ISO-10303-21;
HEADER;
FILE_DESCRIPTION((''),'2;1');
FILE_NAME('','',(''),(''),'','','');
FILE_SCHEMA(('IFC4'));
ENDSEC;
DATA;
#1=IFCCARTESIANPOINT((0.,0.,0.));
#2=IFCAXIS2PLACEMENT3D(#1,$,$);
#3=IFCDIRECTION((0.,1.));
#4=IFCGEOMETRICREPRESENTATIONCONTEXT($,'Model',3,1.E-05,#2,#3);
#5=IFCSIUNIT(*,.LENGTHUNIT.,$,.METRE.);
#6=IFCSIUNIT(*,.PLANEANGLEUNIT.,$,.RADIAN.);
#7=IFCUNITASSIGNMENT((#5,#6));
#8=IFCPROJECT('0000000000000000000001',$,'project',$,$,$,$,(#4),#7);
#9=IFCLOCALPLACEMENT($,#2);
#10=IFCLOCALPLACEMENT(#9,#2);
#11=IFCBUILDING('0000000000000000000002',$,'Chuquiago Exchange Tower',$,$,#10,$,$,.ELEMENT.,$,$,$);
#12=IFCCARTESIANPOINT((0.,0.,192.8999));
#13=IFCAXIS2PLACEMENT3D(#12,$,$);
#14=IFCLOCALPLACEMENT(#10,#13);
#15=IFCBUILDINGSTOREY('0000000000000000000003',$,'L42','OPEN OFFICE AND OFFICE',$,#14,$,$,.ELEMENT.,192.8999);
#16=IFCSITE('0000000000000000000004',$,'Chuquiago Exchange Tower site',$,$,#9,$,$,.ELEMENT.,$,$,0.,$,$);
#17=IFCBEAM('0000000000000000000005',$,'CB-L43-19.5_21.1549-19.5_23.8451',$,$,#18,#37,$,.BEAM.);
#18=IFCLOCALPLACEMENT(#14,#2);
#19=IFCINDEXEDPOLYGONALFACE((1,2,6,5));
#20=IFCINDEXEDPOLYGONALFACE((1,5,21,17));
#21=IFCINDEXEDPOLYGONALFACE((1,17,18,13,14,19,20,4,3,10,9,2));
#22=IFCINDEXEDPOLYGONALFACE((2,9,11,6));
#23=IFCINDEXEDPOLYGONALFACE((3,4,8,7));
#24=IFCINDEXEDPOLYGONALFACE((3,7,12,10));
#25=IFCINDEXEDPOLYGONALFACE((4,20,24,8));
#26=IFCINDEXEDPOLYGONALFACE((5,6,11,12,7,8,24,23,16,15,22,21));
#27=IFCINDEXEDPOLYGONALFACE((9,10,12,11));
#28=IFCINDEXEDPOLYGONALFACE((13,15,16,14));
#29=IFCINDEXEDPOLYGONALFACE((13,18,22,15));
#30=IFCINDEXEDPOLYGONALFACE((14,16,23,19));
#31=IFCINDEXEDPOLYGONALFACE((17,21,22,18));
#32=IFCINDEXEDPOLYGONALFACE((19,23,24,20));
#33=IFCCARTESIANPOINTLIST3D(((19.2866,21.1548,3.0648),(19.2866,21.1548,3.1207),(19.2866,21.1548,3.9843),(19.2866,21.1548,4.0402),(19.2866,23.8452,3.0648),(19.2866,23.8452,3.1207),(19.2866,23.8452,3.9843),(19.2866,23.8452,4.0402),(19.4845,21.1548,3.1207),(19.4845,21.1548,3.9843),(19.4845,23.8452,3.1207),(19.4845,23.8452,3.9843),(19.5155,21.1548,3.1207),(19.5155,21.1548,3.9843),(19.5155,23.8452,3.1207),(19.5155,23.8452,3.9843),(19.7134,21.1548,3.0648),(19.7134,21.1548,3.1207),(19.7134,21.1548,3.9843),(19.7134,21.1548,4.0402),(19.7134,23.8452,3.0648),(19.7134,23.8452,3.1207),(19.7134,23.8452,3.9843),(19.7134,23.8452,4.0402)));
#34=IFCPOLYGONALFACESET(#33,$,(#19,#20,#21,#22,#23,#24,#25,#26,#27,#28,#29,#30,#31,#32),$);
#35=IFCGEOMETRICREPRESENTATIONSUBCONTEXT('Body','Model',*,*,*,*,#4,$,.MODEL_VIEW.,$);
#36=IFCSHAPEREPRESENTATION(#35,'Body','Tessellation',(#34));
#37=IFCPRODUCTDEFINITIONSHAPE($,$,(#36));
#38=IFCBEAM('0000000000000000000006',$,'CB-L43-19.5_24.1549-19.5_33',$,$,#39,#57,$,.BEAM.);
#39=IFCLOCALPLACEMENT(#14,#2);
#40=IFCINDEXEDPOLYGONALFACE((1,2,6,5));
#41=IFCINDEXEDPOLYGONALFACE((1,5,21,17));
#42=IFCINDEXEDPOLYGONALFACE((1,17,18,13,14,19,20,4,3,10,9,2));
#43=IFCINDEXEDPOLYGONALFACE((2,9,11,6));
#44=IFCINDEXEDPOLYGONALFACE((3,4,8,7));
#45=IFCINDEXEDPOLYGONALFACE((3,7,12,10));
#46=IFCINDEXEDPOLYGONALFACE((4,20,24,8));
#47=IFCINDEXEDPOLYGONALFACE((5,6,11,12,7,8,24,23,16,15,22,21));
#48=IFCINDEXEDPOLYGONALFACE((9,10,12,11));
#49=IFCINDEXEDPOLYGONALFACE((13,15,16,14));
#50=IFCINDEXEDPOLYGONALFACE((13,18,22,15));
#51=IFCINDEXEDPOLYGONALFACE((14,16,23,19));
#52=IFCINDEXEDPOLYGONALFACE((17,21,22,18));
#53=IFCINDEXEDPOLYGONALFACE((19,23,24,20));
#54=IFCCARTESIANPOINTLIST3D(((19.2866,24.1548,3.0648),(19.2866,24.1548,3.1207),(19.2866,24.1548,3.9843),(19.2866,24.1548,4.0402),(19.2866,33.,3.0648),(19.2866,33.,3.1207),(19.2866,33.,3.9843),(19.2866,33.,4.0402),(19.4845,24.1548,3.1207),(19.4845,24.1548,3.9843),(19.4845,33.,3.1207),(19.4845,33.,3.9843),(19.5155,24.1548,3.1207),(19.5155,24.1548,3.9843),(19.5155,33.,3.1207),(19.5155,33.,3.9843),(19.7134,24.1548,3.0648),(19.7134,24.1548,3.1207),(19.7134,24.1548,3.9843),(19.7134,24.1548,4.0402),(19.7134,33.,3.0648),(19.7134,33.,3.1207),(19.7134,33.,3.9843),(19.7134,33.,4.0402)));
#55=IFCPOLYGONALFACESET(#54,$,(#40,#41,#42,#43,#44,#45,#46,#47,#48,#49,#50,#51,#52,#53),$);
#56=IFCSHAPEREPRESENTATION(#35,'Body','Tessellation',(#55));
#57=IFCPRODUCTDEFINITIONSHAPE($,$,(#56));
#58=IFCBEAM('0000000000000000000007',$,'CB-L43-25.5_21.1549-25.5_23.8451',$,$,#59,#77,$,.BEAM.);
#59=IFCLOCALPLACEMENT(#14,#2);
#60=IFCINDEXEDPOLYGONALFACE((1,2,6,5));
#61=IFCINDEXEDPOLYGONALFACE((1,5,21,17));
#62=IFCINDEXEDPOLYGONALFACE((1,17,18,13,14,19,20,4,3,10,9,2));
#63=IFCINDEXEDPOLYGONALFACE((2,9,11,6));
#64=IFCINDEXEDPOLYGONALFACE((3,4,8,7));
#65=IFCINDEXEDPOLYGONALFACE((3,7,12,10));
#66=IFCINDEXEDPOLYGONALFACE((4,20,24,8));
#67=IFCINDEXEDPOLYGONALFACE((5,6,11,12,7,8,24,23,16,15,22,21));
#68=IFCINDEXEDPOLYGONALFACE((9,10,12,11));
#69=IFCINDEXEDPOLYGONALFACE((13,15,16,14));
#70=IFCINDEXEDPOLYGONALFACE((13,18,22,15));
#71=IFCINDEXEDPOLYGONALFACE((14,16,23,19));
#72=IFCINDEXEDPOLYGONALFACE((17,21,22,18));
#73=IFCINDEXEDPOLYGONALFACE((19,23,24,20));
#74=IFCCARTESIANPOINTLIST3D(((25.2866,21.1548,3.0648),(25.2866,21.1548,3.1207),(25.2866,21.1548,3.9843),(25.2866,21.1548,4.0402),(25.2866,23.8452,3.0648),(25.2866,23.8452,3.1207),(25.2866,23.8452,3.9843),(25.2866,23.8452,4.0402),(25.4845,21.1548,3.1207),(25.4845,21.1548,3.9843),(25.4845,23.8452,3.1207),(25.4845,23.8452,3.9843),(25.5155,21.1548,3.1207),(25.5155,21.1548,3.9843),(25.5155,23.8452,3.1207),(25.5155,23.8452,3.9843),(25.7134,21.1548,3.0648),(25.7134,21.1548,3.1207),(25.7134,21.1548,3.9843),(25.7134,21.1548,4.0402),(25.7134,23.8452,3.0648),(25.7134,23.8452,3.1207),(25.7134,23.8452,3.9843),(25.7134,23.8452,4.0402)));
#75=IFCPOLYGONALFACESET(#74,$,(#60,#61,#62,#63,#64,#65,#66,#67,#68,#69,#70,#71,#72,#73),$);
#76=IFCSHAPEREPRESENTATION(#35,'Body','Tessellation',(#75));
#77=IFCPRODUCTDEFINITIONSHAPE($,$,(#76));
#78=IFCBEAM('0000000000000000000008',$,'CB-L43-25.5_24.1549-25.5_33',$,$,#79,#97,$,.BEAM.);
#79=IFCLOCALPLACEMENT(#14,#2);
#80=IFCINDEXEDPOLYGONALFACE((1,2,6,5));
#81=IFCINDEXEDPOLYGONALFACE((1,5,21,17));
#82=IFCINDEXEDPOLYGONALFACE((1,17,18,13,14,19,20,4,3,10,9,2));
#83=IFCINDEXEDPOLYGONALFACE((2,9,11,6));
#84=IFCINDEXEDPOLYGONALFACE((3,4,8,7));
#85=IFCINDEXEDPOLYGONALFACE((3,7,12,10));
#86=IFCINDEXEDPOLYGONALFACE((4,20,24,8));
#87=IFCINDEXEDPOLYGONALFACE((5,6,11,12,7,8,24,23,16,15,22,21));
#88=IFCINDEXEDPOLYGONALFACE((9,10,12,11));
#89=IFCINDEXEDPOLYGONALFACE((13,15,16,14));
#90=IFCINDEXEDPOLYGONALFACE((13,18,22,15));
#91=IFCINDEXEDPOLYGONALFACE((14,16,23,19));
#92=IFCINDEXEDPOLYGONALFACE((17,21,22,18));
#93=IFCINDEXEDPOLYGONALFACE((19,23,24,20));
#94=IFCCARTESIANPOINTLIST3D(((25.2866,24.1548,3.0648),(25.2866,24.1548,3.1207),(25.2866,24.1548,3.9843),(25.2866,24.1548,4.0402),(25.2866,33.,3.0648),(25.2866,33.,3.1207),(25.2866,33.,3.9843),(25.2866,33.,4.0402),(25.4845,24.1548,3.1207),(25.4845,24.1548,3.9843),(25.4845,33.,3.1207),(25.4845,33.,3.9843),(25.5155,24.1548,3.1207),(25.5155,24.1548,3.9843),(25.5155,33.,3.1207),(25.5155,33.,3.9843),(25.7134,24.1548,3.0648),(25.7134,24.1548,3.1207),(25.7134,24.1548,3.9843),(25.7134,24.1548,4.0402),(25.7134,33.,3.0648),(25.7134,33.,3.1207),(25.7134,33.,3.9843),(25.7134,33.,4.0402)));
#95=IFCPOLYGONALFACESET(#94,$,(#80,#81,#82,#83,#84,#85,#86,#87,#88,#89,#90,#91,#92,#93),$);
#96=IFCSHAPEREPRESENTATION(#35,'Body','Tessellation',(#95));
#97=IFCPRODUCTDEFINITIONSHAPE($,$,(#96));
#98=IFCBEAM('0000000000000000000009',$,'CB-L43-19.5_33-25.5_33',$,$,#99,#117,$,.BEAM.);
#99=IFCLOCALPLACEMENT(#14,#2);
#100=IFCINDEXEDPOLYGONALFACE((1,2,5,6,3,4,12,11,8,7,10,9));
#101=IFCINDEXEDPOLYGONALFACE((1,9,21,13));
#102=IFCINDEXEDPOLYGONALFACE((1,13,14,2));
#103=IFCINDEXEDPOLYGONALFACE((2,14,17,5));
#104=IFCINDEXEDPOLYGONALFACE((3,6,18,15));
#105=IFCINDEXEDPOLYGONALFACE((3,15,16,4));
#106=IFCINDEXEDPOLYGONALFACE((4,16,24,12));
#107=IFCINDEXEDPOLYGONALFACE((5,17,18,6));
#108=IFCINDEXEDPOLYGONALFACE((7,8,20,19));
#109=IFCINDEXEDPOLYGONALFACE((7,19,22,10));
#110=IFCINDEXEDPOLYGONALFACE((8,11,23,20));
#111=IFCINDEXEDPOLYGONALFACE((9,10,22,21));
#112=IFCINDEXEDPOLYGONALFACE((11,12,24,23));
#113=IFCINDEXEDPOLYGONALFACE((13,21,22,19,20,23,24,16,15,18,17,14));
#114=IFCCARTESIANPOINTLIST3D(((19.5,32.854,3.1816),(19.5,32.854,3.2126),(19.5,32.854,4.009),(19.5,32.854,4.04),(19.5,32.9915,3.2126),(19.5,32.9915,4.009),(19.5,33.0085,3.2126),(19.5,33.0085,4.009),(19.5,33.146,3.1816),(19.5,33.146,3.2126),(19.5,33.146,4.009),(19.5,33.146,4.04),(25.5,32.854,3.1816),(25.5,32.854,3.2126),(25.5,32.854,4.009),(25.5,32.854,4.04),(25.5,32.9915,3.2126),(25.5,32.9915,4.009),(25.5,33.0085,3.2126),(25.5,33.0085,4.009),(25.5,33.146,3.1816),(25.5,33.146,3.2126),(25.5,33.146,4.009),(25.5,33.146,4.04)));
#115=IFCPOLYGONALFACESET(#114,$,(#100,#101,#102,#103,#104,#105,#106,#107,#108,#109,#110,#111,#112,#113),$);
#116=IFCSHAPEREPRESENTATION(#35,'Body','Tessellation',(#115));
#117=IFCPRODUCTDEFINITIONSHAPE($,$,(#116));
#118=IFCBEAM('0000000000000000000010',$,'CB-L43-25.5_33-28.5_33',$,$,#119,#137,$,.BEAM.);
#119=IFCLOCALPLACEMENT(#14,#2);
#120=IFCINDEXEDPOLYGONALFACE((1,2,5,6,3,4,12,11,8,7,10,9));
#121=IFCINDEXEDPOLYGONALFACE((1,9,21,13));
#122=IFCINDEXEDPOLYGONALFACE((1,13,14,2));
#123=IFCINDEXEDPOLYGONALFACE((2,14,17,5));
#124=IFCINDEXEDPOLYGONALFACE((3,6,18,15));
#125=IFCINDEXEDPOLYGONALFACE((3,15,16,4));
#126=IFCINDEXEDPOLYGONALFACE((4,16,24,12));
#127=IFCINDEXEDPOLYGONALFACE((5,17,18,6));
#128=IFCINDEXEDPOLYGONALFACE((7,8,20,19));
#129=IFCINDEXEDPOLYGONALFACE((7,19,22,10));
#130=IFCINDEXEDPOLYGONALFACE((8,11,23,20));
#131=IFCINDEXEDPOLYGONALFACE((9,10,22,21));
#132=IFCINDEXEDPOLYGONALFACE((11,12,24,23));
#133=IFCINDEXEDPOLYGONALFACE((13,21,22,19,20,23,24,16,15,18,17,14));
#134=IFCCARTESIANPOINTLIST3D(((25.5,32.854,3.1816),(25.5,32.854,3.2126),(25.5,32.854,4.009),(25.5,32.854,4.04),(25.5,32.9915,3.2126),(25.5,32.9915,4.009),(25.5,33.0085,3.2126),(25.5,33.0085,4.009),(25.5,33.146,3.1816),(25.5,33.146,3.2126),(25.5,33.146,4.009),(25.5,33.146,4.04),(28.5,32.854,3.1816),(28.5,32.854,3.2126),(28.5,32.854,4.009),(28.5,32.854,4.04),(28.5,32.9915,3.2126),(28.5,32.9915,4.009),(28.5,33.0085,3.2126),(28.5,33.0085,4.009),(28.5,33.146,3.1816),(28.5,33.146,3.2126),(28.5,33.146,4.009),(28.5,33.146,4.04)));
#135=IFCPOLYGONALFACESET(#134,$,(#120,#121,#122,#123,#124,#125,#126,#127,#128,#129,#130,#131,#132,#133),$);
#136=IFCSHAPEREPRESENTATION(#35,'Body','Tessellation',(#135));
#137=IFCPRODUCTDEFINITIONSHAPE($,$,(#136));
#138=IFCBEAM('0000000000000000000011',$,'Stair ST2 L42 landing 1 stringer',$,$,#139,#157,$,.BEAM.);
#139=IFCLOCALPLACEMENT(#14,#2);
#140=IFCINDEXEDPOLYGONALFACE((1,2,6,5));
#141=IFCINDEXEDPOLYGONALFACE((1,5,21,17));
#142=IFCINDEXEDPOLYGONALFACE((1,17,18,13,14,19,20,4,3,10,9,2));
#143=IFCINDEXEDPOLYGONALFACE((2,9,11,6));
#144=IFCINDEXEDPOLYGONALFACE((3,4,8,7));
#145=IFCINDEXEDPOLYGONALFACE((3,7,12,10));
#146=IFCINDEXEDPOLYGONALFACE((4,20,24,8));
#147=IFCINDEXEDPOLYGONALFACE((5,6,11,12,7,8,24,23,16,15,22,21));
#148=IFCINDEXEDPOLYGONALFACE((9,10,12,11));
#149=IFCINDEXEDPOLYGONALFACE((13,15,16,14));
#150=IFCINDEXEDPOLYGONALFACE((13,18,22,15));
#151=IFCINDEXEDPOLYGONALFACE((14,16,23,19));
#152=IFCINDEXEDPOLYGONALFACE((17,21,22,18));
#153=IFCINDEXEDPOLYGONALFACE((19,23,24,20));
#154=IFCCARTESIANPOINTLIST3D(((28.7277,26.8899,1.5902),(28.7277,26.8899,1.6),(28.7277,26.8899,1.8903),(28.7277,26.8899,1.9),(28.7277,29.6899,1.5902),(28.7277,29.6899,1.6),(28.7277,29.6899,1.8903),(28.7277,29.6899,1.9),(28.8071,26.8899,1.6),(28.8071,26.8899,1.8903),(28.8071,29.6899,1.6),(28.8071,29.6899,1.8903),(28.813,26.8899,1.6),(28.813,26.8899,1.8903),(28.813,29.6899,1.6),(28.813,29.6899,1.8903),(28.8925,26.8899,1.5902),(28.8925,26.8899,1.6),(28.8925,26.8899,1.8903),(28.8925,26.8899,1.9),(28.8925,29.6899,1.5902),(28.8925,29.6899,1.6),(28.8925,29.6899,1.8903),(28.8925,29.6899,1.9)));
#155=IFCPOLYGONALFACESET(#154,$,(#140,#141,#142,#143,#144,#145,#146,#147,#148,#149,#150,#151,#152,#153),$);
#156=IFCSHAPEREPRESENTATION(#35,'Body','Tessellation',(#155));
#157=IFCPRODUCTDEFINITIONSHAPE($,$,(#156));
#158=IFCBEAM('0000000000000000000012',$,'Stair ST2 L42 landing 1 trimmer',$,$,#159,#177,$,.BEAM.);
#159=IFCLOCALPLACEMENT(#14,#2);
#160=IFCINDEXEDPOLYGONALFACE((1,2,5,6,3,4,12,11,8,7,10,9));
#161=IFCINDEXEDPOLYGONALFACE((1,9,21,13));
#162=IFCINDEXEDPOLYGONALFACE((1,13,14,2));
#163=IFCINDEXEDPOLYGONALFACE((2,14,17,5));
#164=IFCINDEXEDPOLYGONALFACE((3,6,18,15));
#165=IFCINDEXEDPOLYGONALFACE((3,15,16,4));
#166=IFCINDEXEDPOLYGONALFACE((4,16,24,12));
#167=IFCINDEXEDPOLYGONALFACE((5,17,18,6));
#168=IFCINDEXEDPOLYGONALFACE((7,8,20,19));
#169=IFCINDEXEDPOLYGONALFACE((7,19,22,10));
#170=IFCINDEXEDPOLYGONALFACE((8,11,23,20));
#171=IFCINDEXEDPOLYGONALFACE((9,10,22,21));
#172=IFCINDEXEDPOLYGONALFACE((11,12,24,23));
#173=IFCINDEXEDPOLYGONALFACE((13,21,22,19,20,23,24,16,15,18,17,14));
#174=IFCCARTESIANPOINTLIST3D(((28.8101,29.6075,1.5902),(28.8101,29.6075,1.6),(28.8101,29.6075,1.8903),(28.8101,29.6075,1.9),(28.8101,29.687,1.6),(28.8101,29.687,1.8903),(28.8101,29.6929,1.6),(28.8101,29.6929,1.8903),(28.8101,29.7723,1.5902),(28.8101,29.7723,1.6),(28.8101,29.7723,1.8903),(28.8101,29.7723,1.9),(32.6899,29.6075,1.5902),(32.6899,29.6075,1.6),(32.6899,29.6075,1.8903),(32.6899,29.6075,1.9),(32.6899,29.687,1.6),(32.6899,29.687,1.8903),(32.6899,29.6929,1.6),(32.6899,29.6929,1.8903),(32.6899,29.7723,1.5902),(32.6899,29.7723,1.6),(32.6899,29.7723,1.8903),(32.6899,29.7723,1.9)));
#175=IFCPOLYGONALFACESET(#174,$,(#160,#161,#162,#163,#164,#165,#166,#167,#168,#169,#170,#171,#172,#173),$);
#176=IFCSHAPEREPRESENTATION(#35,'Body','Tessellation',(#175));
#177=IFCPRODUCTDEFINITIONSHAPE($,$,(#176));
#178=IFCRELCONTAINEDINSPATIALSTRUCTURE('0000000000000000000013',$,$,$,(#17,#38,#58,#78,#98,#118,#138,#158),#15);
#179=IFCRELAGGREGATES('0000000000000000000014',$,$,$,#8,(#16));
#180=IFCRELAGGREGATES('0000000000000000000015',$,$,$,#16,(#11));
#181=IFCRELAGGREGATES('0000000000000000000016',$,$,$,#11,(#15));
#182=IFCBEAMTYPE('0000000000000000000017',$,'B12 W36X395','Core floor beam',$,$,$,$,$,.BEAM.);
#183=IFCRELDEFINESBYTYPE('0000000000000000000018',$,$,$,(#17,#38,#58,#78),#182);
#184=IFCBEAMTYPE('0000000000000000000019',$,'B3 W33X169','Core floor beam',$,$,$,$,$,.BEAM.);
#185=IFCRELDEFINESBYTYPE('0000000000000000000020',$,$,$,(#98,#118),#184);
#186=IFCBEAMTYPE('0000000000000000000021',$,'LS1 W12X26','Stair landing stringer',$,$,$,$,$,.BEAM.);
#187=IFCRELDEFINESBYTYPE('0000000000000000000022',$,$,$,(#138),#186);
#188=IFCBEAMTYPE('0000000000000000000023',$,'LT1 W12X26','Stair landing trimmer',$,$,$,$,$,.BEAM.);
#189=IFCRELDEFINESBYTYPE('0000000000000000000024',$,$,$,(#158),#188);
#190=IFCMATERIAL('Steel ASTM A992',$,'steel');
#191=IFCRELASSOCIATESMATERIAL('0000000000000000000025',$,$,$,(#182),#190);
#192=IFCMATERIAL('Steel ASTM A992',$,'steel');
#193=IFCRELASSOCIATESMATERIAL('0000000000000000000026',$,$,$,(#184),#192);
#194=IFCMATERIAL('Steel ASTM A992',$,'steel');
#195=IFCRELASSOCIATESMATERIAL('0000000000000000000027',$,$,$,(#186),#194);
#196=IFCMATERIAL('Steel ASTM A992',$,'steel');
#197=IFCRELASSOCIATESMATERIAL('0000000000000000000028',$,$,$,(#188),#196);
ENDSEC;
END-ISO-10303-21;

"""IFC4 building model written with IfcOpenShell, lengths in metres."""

from ifc_helpers import new_model, si_unit, direction, frame, origin, origin_2d, place, context, subcontext, project, spatial, i_section, extrude, material, material_profile, profile_set, type_object, element, save


model = new_model("IFC4")

# Units and contexts
model_context = context("Model", 3, precision=1e-05, world=origin(), true_north=direction((0.0, 1.0)))
body_context = subcontext(model_context, "Body", "Model", "MODEL_VIEW")
ifc_project = project(units=[si_unit("LENGTHUNIT", "METRE"), si_unit("PLANEANGLEUNIT", "RADIAN")], contexts=[model_context])

# Site, building, storey
site_placement = place(None, origin())
site = spatial("IfcSite", under=ifc_project, at=site_placement, Name="Chuquiago Exchange Tower site", CompositionType="ELEMENT", RefElevation=0.0)
building_placement = place(site_placement, origin())
building = spatial("IfcBuilding", under=site, at=building_placement, Name="Chuquiago Exchange Tower", CompositionType="ELEMENT")
storey_placement = place(building_placement, frame((0.0, 0.0, 192.8999)))
storey = spatial("IfcBuildingStorey", under=building, at=storey_placement, Name="L42", Description="OPEN OFFICE AND OFFICE", CompositionType="ELEMENT", Elevation=192.8999)

# Beams
ifc_material_1 = material(Name="Steel ASTM A992", Category="steel")
ifc_material_profile_1 = material_profile(ifc_material_1, i_section(OverallWidth=0.4268, OverallDepth=0.9753, WebThickness=0.031, FlangeThickness=0.0559, at=origin_2d()), Name="W36X395")
ifc_profile_set_1 = profile_set([ifc_material_profile_1], Name="Steel ASTM A992")
beam_type_1 = type_object("IfcBeamType", Name="B12 W36X395", Description="Core floor beam", PredefinedType="BEAM", material=ifc_profile_set_1)
beam_1_placement = place(storey_placement, frame((19.5, 21.1548, 3.5525), z_axis=(0.0, 1.0, 0.0), x_axis=(-1.0, 0.0, 0.0)))
element("IfcBeam", 1, at=beam_1_placement, inside=storey, type_object=beam_type_1, Name="CB-L43-19.5_21.1549-19.5_23.8451", PredefinedType="BEAM", context=body_context, shape_type="SweptSolid", body=[
    extrude(i_section(OverallWidth=0.4268, OverallDepth=0.9753, WebThickness=0.031, FlangeThickness=0.0559, at=origin_2d()), origin(), (0.0, 0.0, 1.0), 2.6904),
])
beam_2_placement = place(storey_placement, frame((19.5, 24.1548, 3.5525), z_axis=(0.0, 1.0, 0.0), x_axis=(-1.0, 0.0, 0.0)))
element("IfcBeam", 2, at=beam_2_placement, inside=storey, type_object=beam_type_1, Name="CB-L43-19.5_24.1549-19.5_33", PredefinedType="BEAM", context=body_context, shape_type="SweptSolid", body=[
    extrude(i_section(OverallWidth=0.4268, OverallDepth=0.9753, WebThickness=0.031, FlangeThickness=0.0559, at=origin_2d()), origin(), (0.0, 0.0, 1.0), 8.8452),
])
beam_3_placement = place(storey_placement, frame((25.5, 21.1548, 3.5525), z_axis=(0.0, 1.0, 0.0), x_axis=(-1.0, 0.0, 0.0)))
element("IfcBeam", 3, at=beam_3_placement, inside=storey, type_object=beam_type_1, Name="CB-L43-25.5_21.1549-25.5_23.8451", PredefinedType="BEAM", context=body_context, shape_type="SweptSolid", body=[
    extrude(i_section(OverallWidth=0.4268, OverallDepth=0.9753, WebThickness=0.031, FlangeThickness=0.0559, at=origin_2d()), origin(), (0.0, 0.0, 1.0), 2.6904),
])
beam_4_placement = place(storey_placement, frame((25.5, 24.1548, 3.5525), z_axis=(0.0, 1.0, 0.0), x_axis=(-1.0, 0.0, 0.0)))
element("IfcBeam", 4, at=beam_4_placement, inside=storey, type_object=beam_type_1, Name="CB-L43-25.5_24.1549-25.5_33", PredefinedType="BEAM", context=body_context, shape_type="SweptSolid", body=[
    extrude(i_section(OverallWidth=0.4268, OverallDepth=0.9753, WebThickness=0.031, FlangeThickness=0.0559, at=origin_2d()), origin(), (0.0, 0.0, 1.0), 8.8452),
])
ifc_material_2 = material(Name="Steel ASTM A992", Category="steel")
ifc_material_profile_2 = material_profile(ifc_material_2, i_section(OverallWidth=0.292, OverallDepth=0.8584, WebThickness=0.0171, FlangeThickness=0.031, at=origin_2d()), Name="W33X169")
ifc_profile_set_2 = profile_set([ifc_material_profile_2], Name="Steel ASTM A992")
beam_type_2 = type_object("IfcBeamType", Name="B3 W33X169", Description="Core floor beam", PredefinedType="BEAM", material=ifc_profile_set_2)
beam_5_placement = place(storey_placement, frame((19.5, 33.0, 3.6108), z_axis=(1.0, 0.0, 0.0), x_axis=(0.0, 1.0, 0.0)))
element("IfcBeam", 5, at=beam_5_placement, inside=storey, type_object=beam_type_2, Name="CB-L43-19.5_33-25.5_33", PredefinedType="BEAM", context=body_context, shape_type="SweptSolid", body=[
    extrude(i_section(OverallWidth=0.292, OverallDepth=0.8584, WebThickness=0.0171, FlangeThickness=0.031, at=origin_2d()), origin(), (0.0, 0.0, 1.0), 6.0),
])
beam_6_placement = place(storey_placement, frame((25.5, 33.0, 3.6108), z_axis=(1.0, 0.0, 0.0), x_axis=(0.0, 1.0, 0.0)))
element("IfcBeam", 6, at=beam_6_placement, inside=storey, type_object=beam_type_2, Name="CB-L43-25.5_33-28.5_33", PredefinedType="BEAM", context=body_context, shape_type="SweptSolid", body=[
    extrude(i_section(OverallWidth=0.292, OverallDepth=0.8584, WebThickness=0.0171, FlangeThickness=0.031, at=origin_2d()), origin(), (0.0, 0.0, 1.0), 3.0),
])
ifc_material_3 = material(Name="Steel ASTM A992", Category="steel")
ifc_material_profile_3 = material_profile(ifc_material_3, i_section(OverallWidth=0.1648, OverallDepth=0.3098, WebThickness=0.0059, FlangeThickness=0.0098, at=origin_2d()), Name="W12X26")
ifc_profile_set_3 = profile_set([ifc_material_profile_3], Name="Steel ASTM A992")
beam_type_3 = type_object("IfcBeamType", Name="LS1 W12X26", Description="Stair landing stringer", PredefinedType="BEAM", material=ifc_profile_set_3)
beam_7_placement = place(storey_placement, frame((28.8101, 26.8899, 1.7451), z_axis=(0.0, 1.0, 0.0), x_axis=(-1.0, 0.0, 0.0)))
element("IfcBeam", 7, at=beam_7_placement, inside=storey, type_object=beam_type_3, Name="Stair ST2 L42 landing 1 stringer", PredefinedType="BEAM", context=body_context, shape_type="SweptSolid", body=[
    extrude(i_section(OverallWidth=0.1648, OverallDepth=0.3098, WebThickness=0.0059, FlangeThickness=0.0098, at=origin_2d()), origin(), (0.0, 0.0, 1.0), 2.8),
])
ifc_material_4 = material(Name="Steel ASTM A992", Category="steel")
ifc_material_profile_4 = material_profile(ifc_material_4, i_section(OverallWidth=0.1648, OverallDepth=0.3098, WebThickness=0.0059, FlangeThickness=0.0098, at=origin_2d()), Name="W12X26")
ifc_profile_set_4 = profile_set([ifc_material_profile_4], Name="Steel ASTM A992")
beam_type_4 = type_object("IfcBeamType", Name="LT1 W12X26", Description="Stair landing trimmer", PredefinedType="BEAM", material=ifc_profile_set_4)
for number, where, z_axis, x_axis, name in (
    (8, (28.8101, 29.6899, 1.7451), (1.0, 0.0, 0.0), (0.0, 1.0, 0.0), "Stair ST2 L42 landing 1 trimmer"),
):
    element("IfcBeam", number, at=place(storey_placement, frame(where, z_axis=z_axis, x_axis=x_axis)), inside=storey, type_object=beam_type_4, Name=name, PredefinedType="BEAM", context=body_context, shape_type="SweptSolid", body=[
        extrude(i_section(OverallWidth=0.1648, OverallDepth=0.3098, WebThickness=0.0059, FlangeThickness=0.0098, at=origin_2d()), origin(), (0.0, 0.0, 1.0), 3.8799),
    ])

save(model, "model.ifc")
